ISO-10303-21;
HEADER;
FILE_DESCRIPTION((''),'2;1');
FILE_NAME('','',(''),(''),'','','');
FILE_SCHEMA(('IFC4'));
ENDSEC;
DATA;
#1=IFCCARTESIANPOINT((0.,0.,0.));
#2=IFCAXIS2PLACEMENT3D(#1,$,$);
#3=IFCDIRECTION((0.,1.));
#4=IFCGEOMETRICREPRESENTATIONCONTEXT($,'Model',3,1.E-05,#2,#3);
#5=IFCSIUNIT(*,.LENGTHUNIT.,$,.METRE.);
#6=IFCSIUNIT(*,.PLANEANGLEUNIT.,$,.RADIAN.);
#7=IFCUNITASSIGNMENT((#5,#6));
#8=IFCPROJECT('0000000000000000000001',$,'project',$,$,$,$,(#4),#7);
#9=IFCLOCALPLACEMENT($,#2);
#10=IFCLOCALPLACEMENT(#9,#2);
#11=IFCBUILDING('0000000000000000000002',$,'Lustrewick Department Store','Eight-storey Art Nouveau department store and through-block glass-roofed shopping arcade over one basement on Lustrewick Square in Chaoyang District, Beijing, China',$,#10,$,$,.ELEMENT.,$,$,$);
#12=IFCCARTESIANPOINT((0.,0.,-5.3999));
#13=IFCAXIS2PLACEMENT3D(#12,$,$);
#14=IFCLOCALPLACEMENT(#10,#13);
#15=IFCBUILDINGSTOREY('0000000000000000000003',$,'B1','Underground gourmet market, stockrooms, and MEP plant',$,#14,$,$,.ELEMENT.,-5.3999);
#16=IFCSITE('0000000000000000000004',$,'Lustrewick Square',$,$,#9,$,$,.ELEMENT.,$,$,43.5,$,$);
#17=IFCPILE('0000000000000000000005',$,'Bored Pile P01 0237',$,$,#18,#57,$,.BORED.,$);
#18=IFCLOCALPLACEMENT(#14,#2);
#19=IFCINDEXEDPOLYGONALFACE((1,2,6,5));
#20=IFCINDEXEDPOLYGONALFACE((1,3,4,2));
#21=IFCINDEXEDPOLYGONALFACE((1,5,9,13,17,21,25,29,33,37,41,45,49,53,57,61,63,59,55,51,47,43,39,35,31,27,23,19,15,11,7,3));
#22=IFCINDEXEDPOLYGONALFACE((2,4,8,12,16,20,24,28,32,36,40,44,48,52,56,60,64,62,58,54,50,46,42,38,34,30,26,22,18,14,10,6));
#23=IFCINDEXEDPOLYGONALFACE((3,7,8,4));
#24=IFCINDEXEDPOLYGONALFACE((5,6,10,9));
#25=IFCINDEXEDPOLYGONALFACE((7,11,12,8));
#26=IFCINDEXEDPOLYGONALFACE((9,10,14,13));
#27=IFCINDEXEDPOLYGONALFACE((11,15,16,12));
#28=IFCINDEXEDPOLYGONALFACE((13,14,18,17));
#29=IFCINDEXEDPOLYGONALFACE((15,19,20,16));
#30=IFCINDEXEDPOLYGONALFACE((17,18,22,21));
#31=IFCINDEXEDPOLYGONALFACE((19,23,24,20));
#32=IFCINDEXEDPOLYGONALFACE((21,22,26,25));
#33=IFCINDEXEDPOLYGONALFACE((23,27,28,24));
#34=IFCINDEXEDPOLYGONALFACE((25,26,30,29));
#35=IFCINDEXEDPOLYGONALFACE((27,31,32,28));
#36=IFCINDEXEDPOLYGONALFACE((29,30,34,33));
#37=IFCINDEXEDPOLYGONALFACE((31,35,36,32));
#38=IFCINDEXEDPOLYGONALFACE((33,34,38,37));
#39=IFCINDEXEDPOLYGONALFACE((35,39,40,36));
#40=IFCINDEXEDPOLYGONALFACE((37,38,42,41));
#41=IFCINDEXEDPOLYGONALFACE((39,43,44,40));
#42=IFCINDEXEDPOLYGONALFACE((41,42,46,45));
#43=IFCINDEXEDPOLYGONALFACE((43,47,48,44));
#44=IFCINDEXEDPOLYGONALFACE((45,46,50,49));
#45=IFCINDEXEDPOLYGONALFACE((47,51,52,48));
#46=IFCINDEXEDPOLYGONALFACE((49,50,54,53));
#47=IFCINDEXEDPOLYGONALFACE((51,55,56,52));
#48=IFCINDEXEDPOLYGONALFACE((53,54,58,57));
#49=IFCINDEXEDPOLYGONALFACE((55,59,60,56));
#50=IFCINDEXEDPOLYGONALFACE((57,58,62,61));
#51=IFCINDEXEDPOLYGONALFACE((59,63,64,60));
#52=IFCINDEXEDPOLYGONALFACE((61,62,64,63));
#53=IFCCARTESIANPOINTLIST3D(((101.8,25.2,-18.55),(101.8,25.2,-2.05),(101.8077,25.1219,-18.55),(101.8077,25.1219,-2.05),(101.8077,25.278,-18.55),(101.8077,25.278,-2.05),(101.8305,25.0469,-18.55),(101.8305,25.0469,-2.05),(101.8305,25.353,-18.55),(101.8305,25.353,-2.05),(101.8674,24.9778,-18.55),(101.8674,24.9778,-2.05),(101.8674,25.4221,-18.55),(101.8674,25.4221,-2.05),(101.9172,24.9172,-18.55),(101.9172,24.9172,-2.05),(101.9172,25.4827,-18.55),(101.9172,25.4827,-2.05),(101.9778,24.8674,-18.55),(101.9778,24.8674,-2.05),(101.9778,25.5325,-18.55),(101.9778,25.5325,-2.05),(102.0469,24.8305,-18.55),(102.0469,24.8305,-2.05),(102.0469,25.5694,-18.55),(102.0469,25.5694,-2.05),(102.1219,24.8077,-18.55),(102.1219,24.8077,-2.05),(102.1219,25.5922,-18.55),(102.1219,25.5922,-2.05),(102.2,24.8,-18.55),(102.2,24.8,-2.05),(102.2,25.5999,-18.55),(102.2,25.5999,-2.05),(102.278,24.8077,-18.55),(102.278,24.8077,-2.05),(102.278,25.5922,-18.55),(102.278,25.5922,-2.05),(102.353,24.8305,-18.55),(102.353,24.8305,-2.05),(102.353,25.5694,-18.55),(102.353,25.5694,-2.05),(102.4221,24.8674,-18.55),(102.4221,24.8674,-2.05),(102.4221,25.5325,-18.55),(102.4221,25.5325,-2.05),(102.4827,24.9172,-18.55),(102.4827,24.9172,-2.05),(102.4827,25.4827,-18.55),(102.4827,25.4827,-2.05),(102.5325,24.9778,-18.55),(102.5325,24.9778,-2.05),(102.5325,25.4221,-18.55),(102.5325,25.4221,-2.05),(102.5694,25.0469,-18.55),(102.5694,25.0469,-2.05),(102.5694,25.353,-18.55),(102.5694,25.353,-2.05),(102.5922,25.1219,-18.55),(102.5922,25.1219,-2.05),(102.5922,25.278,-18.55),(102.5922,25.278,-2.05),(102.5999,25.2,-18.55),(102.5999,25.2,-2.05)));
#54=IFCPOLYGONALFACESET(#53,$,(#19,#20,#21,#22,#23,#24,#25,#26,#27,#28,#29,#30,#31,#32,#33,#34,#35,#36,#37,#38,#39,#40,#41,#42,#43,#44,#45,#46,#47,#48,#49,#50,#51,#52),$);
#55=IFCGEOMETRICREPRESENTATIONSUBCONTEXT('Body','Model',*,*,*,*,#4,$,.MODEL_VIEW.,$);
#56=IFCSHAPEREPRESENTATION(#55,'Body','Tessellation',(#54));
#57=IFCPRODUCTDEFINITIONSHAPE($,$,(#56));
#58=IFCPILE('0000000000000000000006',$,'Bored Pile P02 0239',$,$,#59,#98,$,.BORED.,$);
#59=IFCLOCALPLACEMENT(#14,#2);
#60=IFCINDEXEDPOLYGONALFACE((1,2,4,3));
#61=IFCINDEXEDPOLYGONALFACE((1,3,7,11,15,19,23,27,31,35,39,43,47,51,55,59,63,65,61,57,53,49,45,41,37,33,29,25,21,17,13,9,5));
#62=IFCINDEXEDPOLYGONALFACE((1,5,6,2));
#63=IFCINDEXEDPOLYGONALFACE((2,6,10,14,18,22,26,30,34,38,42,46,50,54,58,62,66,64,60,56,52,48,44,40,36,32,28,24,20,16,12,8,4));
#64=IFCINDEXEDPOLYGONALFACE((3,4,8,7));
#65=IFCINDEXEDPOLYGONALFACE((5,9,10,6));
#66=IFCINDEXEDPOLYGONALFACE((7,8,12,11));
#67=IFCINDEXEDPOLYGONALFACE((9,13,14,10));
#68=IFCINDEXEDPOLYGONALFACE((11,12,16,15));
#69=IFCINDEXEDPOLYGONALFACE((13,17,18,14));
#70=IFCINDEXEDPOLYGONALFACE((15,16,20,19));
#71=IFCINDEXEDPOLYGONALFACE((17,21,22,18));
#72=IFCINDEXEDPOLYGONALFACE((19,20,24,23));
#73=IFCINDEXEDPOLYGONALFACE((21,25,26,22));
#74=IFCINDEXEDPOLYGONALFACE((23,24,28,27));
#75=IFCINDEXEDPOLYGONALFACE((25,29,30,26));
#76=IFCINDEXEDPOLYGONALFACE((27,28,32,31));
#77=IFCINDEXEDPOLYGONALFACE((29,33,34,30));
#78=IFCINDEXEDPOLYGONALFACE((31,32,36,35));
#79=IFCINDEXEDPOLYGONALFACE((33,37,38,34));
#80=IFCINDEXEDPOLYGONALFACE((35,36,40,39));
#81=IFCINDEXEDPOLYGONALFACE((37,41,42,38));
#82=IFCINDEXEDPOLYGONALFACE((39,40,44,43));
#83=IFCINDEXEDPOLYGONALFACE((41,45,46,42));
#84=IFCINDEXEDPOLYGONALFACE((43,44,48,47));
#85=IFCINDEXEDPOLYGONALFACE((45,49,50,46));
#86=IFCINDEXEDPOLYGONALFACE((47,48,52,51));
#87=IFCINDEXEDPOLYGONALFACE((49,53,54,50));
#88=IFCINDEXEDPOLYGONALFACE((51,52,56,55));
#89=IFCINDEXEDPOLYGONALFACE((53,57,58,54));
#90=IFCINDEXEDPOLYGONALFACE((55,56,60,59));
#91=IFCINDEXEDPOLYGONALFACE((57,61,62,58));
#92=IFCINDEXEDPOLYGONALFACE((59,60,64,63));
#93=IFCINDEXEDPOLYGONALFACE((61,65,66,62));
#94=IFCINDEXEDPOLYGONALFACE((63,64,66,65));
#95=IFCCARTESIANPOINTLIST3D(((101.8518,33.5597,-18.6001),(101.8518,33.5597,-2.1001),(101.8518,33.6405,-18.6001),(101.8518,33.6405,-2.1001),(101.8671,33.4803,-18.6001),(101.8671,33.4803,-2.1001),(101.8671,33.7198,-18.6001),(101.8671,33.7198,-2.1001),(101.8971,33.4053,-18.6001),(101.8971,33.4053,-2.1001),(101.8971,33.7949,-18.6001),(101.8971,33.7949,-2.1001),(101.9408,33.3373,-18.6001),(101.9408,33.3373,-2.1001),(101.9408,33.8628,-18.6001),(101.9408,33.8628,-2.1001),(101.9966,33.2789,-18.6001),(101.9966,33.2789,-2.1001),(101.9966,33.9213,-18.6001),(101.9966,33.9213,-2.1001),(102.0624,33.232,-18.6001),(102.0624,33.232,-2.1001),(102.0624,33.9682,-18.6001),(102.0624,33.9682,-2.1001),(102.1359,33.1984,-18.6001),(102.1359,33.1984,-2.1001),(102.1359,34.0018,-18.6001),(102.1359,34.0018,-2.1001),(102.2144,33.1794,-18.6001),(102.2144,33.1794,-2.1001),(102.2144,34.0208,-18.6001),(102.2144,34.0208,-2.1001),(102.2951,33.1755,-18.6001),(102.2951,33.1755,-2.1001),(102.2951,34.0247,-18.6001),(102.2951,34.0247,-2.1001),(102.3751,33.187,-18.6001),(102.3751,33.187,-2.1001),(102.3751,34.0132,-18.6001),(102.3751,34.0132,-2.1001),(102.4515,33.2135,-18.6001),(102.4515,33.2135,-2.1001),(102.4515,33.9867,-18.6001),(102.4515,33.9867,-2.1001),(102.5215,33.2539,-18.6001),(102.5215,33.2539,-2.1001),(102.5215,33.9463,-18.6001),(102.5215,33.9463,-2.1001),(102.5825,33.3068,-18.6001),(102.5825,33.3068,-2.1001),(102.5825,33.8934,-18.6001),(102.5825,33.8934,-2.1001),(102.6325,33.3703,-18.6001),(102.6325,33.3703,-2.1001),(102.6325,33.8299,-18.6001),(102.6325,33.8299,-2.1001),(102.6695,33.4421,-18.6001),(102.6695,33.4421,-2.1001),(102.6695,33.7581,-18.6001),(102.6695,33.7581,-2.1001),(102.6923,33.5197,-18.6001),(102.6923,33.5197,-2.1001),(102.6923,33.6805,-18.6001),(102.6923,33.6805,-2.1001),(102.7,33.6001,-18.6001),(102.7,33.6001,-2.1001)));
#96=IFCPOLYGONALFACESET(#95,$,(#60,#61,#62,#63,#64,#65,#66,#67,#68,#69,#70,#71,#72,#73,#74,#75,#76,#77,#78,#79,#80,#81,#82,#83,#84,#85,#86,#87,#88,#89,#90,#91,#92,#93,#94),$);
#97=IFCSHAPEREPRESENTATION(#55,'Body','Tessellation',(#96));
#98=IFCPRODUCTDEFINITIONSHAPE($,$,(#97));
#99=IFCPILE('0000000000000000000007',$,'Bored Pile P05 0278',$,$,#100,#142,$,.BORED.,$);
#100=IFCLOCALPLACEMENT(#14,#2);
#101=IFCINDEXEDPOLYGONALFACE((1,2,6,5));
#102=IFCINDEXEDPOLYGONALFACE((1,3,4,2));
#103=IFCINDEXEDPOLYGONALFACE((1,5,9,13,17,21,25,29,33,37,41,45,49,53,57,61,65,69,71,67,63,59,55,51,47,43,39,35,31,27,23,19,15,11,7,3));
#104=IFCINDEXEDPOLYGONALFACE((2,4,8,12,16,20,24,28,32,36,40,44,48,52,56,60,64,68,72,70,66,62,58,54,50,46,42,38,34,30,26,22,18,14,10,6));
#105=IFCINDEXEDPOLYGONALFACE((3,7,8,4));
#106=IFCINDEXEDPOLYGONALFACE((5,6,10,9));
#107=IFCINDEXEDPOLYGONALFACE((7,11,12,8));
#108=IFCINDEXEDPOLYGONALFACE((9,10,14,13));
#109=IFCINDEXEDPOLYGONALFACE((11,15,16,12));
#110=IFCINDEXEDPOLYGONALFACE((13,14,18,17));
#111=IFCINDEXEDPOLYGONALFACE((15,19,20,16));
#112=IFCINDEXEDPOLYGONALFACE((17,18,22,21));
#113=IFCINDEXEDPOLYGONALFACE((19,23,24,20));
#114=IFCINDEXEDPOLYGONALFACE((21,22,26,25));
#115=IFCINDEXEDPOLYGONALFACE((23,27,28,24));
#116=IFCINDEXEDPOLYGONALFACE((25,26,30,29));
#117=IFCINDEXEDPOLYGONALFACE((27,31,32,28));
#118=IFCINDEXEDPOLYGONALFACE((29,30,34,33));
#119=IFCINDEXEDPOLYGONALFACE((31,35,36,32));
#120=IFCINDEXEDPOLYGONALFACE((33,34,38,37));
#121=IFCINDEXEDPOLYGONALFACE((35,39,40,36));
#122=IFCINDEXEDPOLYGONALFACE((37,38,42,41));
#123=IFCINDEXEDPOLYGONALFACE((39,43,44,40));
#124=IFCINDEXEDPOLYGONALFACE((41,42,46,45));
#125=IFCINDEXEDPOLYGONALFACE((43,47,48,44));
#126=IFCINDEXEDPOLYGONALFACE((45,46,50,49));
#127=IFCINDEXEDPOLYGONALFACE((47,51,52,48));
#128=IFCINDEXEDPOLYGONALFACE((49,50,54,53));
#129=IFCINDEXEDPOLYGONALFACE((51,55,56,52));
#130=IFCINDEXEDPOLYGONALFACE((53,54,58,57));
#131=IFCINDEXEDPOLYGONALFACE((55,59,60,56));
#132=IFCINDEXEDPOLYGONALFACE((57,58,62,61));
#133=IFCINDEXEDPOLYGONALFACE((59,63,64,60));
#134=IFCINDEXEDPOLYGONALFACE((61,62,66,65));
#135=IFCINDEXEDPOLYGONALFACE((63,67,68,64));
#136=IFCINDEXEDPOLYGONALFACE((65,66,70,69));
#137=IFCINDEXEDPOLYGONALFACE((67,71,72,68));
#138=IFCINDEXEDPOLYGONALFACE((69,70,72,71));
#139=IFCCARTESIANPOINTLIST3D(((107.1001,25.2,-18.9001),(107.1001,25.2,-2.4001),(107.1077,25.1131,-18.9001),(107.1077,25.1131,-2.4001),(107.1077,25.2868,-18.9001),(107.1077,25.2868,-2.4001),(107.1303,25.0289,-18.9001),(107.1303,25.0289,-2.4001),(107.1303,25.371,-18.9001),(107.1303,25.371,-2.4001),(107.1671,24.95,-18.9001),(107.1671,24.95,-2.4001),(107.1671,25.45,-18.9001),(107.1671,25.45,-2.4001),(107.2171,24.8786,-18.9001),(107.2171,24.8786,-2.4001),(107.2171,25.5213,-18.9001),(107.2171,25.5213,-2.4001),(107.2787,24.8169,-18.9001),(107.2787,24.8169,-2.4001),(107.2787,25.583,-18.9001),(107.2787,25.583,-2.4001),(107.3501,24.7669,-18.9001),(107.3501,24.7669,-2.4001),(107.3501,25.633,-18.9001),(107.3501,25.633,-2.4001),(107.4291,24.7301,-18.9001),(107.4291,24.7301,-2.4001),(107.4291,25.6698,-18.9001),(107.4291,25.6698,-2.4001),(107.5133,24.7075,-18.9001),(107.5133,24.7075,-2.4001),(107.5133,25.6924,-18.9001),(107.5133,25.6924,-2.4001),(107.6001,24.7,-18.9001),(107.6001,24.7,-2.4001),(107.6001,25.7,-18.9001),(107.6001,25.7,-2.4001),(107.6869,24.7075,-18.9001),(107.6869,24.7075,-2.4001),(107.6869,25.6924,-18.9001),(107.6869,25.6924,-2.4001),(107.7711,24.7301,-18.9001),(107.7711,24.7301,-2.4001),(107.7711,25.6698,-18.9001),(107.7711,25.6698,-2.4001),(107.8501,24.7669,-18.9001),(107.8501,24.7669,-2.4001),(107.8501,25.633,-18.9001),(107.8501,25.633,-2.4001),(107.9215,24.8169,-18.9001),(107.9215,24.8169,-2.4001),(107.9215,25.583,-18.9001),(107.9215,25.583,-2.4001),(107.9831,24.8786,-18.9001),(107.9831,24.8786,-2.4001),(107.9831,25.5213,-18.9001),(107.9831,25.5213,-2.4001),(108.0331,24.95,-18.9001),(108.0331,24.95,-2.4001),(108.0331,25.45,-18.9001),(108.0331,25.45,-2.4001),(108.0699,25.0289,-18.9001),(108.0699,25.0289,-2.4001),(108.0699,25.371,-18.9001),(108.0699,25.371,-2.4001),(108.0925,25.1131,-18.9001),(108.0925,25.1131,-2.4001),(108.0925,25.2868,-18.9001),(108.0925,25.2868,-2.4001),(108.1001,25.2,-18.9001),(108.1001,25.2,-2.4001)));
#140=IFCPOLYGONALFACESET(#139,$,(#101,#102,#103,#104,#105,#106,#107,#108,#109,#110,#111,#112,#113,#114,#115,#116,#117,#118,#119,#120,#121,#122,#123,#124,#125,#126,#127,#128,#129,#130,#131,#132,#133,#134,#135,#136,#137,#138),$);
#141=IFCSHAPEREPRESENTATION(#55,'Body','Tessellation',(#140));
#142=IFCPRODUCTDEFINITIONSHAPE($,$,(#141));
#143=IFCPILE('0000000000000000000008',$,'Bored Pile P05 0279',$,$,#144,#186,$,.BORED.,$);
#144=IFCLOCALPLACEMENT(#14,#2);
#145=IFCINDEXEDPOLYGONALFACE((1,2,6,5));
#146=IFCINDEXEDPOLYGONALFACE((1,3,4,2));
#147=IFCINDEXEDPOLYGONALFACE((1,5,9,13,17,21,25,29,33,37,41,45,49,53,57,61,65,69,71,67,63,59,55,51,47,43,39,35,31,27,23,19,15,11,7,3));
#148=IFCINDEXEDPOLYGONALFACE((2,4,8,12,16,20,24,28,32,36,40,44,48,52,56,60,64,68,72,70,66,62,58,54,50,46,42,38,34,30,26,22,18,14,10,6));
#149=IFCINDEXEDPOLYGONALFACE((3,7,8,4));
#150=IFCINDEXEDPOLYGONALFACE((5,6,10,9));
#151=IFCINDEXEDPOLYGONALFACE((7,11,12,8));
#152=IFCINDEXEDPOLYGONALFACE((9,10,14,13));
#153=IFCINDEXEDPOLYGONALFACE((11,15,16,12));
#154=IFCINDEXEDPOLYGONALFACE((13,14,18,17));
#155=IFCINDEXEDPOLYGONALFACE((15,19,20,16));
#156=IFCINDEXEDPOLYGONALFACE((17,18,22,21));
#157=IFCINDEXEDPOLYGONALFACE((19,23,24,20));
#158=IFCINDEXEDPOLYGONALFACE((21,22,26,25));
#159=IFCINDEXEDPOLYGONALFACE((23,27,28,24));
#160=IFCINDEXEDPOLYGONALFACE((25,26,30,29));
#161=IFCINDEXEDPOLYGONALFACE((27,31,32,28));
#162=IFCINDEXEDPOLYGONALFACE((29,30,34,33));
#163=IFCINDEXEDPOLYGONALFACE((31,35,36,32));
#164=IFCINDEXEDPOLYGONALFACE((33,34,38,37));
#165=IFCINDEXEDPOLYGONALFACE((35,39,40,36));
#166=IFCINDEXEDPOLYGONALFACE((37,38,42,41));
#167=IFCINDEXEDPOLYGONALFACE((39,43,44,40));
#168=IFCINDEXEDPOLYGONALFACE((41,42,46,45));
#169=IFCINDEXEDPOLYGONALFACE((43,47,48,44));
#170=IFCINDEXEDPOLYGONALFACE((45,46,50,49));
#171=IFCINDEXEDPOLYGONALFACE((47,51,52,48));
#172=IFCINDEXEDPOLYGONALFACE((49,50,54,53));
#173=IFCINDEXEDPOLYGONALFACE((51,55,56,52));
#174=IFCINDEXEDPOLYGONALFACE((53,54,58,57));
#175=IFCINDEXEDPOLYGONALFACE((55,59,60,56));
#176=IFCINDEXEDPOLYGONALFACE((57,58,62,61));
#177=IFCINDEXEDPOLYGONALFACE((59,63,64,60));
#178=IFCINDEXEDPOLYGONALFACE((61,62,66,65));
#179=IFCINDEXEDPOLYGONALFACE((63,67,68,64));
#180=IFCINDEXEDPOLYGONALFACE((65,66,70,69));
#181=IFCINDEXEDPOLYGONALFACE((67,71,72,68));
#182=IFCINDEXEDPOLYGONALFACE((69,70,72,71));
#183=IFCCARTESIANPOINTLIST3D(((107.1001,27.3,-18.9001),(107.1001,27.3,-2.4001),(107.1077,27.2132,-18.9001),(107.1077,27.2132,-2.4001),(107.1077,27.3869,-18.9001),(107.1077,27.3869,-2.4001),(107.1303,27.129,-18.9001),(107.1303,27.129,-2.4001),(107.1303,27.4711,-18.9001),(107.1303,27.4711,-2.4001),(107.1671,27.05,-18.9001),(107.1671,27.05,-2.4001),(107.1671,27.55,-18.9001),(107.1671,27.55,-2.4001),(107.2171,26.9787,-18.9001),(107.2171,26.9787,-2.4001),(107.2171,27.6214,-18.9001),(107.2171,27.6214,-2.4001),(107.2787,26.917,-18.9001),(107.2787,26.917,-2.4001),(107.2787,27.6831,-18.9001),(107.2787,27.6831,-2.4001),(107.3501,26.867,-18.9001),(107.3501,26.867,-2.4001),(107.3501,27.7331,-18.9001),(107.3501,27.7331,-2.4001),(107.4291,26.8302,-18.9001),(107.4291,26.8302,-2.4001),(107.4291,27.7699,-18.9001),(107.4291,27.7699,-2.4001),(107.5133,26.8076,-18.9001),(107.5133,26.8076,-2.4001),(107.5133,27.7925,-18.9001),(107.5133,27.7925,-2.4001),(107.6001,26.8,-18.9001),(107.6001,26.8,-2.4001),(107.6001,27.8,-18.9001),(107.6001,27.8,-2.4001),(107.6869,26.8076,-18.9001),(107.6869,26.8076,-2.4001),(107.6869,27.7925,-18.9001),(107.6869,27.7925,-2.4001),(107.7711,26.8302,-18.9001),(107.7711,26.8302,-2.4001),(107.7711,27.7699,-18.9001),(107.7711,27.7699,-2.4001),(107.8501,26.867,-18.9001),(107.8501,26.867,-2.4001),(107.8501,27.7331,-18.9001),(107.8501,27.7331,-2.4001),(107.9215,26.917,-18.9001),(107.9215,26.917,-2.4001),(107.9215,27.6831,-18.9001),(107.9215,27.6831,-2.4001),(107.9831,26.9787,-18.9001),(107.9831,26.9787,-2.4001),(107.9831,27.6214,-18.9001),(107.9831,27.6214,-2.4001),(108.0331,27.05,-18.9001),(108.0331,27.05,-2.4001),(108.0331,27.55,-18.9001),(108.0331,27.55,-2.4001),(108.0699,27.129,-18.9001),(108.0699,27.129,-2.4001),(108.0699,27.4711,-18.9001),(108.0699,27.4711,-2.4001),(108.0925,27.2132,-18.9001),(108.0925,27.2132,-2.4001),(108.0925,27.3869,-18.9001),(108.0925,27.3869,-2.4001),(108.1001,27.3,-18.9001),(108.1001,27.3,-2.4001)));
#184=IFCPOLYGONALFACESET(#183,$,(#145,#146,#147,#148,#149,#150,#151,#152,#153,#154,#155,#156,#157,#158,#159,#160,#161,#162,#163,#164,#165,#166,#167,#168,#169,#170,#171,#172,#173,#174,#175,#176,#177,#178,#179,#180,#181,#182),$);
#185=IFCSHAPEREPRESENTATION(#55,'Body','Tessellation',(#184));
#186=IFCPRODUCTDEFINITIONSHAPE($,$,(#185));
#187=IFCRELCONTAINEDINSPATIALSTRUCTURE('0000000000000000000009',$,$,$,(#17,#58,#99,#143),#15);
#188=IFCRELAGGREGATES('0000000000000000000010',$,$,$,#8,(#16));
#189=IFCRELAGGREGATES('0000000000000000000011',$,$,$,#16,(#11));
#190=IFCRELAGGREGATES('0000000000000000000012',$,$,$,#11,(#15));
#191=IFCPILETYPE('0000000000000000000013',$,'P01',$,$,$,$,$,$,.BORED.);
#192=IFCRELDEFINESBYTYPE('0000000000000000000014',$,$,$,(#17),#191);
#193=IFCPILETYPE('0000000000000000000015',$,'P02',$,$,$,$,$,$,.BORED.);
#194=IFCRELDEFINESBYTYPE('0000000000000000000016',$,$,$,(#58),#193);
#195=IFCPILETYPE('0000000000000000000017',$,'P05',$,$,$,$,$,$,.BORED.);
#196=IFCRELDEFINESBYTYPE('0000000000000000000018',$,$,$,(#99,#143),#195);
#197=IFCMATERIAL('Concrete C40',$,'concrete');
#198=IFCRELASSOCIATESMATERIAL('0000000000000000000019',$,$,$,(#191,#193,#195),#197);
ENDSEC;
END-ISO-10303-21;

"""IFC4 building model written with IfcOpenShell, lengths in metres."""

from ifc_helpers import new_model, si_unit, direction, frame, origin, origin_2d, place, context, subcontext, project, spatial, circle, extrude, material, material_profile, profile_set, type_object, element, save


model = new_model("IFC4")

# Units and contexts
model_context = context("Model", 3, precision=1e-05, world=origin(), true_north=direction((0.0, 1.0)))
body_context = subcontext(model_context, "Body", "Model", "MODEL_VIEW")
ifc_project = project(units=[si_unit("LENGTHUNIT", "METRE"), si_unit("PLANEANGLEUNIT", "RADIAN")], contexts=[model_context])

# Site, building, storey
site_placement = place(None, origin())
site = spatial("IfcSite", under=ifc_project, at=site_placement, Name="Lustrewick Square", CompositionType="ELEMENT", RefElevation=43.5)
building_placement = place(site_placement, origin())
building = spatial("IfcBuilding", under=site, at=building_placement, Name="Lustrewick Department Store", Description="Eight-storey Art Nouveau department store and through-block glass-roofed shopping arcade over one basement on Lustrewick Square in Chaoyang District, Beijing, China", CompositionType="ELEMENT")
storey_placement = place(building_placement, frame((0.0, 0.0, -5.3999)))
storey = spatial("IfcBuildingStorey", under=building, at=storey_placement, Name="B1", Description="Underground gourmet market, stockrooms, and MEP plant", CompositionType="ELEMENT", Elevation=-5.3999)

# Piles
ifc_material_1 = material(Name="Concrete C40", Category="concrete")
ifc_material_profile_1 = material_profile(ifc_material_1, circle(Radius=0.3999, at=origin_2d()), Name="PILE D800")
ifc_profile_set_1 = profile_set([ifc_material_profile_1], Name="Concrete C40")
pile_type_1 = type_object("IfcPileType", Name="P01", PredefinedType="BORED", material=ifc_profile_set_1)
pile_1_placement = place(storey_placement, frame((102.2, 25.2, -2.05), z_axis=(0.0, 0.0, -1.0), x_axis=(1.0, 0.0, 0.0)))
element("IfcPile", 1, at=pile_1_placement, inside=storey, type_object=pile_type_1, Name="Bored Pile P01 0237", PredefinedType="BORED", context=body_context, shape_type="SweptSolid", body=[
    extrude(circle(Radius=0.3999, at=origin_2d()), origin(), (0.0, 0.0, 1.0), 16.5),
])
ifc_material_profile_2 = material_profile(ifc_material_1, circle(Radius=0.425, at=origin_2d()), Name="PILE D850")
ifc_profile_set_2 = profile_set([ifc_material_profile_2], Name="Concrete C40")
pile_type_2 = type_object("IfcPileType", Name="P02", PredefinedType="BORED", material=ifc_profile_set_2)
pile_2_placement = place(storey_placement, frame((102.2749, 33.6001, -2.1001), z_axis=(0.0, 0.0, -1.0), x_axis=(1.0, 0.0, 0.0)))
element("IfcPile", 2, at=pile_2_placement, inside=storey, type_object=pile_type_2, Name="Bored Pile P02 0239", PredefinedType="BORED", context=body_context, shape_type="SweptSolid", body=[
    extrude(circle(Radius=0.425, at=origin_2d()), origin(), (0.0, 0.0, 1.0), 16.5),
])
ifc_material_profile_3 = material_profile(ifc_material_1, circle(Radius=0.5, at=origin_2d()), Name="PILE D1000")
ifc_profile_set_3 = profile_set([ifc_material_profile_3], Name="Concrete C40")
pile_type_3 = type_object("IfcPileType", Name="P05", PredefinedType="BORED", material=ifc_profile_set_3)
for number, where, z_axis, x_axis, name in (
    (3, (107.6001, 25.2, -2.4001), (0.0, 0.0, -1.0), (1.0, 0.0, 0.0), "Bored Pile P05 0278"),
    (4, (107.6001, 27.3, -2.4001), (0.0, 0.0, -1.0), (1.0, 0.0, 0.0), "Bored Pile P05 0279"),
):
    element("IfcPile", number, at=place(storey_placement, frame(where, z_axis=z_axis, x_axis=x_axis)), inside=storey, type_object=pile_type_3, Name=name, PredefinedType="BORED", context=body_context, shape_type="SweptSolid", body=[
        extrude(circle(Radius=0.5, at=origin_2d()), origin(), (0.0, 0.0, 1.0), 16.5),
    ])

save(model, "model.ifc")
